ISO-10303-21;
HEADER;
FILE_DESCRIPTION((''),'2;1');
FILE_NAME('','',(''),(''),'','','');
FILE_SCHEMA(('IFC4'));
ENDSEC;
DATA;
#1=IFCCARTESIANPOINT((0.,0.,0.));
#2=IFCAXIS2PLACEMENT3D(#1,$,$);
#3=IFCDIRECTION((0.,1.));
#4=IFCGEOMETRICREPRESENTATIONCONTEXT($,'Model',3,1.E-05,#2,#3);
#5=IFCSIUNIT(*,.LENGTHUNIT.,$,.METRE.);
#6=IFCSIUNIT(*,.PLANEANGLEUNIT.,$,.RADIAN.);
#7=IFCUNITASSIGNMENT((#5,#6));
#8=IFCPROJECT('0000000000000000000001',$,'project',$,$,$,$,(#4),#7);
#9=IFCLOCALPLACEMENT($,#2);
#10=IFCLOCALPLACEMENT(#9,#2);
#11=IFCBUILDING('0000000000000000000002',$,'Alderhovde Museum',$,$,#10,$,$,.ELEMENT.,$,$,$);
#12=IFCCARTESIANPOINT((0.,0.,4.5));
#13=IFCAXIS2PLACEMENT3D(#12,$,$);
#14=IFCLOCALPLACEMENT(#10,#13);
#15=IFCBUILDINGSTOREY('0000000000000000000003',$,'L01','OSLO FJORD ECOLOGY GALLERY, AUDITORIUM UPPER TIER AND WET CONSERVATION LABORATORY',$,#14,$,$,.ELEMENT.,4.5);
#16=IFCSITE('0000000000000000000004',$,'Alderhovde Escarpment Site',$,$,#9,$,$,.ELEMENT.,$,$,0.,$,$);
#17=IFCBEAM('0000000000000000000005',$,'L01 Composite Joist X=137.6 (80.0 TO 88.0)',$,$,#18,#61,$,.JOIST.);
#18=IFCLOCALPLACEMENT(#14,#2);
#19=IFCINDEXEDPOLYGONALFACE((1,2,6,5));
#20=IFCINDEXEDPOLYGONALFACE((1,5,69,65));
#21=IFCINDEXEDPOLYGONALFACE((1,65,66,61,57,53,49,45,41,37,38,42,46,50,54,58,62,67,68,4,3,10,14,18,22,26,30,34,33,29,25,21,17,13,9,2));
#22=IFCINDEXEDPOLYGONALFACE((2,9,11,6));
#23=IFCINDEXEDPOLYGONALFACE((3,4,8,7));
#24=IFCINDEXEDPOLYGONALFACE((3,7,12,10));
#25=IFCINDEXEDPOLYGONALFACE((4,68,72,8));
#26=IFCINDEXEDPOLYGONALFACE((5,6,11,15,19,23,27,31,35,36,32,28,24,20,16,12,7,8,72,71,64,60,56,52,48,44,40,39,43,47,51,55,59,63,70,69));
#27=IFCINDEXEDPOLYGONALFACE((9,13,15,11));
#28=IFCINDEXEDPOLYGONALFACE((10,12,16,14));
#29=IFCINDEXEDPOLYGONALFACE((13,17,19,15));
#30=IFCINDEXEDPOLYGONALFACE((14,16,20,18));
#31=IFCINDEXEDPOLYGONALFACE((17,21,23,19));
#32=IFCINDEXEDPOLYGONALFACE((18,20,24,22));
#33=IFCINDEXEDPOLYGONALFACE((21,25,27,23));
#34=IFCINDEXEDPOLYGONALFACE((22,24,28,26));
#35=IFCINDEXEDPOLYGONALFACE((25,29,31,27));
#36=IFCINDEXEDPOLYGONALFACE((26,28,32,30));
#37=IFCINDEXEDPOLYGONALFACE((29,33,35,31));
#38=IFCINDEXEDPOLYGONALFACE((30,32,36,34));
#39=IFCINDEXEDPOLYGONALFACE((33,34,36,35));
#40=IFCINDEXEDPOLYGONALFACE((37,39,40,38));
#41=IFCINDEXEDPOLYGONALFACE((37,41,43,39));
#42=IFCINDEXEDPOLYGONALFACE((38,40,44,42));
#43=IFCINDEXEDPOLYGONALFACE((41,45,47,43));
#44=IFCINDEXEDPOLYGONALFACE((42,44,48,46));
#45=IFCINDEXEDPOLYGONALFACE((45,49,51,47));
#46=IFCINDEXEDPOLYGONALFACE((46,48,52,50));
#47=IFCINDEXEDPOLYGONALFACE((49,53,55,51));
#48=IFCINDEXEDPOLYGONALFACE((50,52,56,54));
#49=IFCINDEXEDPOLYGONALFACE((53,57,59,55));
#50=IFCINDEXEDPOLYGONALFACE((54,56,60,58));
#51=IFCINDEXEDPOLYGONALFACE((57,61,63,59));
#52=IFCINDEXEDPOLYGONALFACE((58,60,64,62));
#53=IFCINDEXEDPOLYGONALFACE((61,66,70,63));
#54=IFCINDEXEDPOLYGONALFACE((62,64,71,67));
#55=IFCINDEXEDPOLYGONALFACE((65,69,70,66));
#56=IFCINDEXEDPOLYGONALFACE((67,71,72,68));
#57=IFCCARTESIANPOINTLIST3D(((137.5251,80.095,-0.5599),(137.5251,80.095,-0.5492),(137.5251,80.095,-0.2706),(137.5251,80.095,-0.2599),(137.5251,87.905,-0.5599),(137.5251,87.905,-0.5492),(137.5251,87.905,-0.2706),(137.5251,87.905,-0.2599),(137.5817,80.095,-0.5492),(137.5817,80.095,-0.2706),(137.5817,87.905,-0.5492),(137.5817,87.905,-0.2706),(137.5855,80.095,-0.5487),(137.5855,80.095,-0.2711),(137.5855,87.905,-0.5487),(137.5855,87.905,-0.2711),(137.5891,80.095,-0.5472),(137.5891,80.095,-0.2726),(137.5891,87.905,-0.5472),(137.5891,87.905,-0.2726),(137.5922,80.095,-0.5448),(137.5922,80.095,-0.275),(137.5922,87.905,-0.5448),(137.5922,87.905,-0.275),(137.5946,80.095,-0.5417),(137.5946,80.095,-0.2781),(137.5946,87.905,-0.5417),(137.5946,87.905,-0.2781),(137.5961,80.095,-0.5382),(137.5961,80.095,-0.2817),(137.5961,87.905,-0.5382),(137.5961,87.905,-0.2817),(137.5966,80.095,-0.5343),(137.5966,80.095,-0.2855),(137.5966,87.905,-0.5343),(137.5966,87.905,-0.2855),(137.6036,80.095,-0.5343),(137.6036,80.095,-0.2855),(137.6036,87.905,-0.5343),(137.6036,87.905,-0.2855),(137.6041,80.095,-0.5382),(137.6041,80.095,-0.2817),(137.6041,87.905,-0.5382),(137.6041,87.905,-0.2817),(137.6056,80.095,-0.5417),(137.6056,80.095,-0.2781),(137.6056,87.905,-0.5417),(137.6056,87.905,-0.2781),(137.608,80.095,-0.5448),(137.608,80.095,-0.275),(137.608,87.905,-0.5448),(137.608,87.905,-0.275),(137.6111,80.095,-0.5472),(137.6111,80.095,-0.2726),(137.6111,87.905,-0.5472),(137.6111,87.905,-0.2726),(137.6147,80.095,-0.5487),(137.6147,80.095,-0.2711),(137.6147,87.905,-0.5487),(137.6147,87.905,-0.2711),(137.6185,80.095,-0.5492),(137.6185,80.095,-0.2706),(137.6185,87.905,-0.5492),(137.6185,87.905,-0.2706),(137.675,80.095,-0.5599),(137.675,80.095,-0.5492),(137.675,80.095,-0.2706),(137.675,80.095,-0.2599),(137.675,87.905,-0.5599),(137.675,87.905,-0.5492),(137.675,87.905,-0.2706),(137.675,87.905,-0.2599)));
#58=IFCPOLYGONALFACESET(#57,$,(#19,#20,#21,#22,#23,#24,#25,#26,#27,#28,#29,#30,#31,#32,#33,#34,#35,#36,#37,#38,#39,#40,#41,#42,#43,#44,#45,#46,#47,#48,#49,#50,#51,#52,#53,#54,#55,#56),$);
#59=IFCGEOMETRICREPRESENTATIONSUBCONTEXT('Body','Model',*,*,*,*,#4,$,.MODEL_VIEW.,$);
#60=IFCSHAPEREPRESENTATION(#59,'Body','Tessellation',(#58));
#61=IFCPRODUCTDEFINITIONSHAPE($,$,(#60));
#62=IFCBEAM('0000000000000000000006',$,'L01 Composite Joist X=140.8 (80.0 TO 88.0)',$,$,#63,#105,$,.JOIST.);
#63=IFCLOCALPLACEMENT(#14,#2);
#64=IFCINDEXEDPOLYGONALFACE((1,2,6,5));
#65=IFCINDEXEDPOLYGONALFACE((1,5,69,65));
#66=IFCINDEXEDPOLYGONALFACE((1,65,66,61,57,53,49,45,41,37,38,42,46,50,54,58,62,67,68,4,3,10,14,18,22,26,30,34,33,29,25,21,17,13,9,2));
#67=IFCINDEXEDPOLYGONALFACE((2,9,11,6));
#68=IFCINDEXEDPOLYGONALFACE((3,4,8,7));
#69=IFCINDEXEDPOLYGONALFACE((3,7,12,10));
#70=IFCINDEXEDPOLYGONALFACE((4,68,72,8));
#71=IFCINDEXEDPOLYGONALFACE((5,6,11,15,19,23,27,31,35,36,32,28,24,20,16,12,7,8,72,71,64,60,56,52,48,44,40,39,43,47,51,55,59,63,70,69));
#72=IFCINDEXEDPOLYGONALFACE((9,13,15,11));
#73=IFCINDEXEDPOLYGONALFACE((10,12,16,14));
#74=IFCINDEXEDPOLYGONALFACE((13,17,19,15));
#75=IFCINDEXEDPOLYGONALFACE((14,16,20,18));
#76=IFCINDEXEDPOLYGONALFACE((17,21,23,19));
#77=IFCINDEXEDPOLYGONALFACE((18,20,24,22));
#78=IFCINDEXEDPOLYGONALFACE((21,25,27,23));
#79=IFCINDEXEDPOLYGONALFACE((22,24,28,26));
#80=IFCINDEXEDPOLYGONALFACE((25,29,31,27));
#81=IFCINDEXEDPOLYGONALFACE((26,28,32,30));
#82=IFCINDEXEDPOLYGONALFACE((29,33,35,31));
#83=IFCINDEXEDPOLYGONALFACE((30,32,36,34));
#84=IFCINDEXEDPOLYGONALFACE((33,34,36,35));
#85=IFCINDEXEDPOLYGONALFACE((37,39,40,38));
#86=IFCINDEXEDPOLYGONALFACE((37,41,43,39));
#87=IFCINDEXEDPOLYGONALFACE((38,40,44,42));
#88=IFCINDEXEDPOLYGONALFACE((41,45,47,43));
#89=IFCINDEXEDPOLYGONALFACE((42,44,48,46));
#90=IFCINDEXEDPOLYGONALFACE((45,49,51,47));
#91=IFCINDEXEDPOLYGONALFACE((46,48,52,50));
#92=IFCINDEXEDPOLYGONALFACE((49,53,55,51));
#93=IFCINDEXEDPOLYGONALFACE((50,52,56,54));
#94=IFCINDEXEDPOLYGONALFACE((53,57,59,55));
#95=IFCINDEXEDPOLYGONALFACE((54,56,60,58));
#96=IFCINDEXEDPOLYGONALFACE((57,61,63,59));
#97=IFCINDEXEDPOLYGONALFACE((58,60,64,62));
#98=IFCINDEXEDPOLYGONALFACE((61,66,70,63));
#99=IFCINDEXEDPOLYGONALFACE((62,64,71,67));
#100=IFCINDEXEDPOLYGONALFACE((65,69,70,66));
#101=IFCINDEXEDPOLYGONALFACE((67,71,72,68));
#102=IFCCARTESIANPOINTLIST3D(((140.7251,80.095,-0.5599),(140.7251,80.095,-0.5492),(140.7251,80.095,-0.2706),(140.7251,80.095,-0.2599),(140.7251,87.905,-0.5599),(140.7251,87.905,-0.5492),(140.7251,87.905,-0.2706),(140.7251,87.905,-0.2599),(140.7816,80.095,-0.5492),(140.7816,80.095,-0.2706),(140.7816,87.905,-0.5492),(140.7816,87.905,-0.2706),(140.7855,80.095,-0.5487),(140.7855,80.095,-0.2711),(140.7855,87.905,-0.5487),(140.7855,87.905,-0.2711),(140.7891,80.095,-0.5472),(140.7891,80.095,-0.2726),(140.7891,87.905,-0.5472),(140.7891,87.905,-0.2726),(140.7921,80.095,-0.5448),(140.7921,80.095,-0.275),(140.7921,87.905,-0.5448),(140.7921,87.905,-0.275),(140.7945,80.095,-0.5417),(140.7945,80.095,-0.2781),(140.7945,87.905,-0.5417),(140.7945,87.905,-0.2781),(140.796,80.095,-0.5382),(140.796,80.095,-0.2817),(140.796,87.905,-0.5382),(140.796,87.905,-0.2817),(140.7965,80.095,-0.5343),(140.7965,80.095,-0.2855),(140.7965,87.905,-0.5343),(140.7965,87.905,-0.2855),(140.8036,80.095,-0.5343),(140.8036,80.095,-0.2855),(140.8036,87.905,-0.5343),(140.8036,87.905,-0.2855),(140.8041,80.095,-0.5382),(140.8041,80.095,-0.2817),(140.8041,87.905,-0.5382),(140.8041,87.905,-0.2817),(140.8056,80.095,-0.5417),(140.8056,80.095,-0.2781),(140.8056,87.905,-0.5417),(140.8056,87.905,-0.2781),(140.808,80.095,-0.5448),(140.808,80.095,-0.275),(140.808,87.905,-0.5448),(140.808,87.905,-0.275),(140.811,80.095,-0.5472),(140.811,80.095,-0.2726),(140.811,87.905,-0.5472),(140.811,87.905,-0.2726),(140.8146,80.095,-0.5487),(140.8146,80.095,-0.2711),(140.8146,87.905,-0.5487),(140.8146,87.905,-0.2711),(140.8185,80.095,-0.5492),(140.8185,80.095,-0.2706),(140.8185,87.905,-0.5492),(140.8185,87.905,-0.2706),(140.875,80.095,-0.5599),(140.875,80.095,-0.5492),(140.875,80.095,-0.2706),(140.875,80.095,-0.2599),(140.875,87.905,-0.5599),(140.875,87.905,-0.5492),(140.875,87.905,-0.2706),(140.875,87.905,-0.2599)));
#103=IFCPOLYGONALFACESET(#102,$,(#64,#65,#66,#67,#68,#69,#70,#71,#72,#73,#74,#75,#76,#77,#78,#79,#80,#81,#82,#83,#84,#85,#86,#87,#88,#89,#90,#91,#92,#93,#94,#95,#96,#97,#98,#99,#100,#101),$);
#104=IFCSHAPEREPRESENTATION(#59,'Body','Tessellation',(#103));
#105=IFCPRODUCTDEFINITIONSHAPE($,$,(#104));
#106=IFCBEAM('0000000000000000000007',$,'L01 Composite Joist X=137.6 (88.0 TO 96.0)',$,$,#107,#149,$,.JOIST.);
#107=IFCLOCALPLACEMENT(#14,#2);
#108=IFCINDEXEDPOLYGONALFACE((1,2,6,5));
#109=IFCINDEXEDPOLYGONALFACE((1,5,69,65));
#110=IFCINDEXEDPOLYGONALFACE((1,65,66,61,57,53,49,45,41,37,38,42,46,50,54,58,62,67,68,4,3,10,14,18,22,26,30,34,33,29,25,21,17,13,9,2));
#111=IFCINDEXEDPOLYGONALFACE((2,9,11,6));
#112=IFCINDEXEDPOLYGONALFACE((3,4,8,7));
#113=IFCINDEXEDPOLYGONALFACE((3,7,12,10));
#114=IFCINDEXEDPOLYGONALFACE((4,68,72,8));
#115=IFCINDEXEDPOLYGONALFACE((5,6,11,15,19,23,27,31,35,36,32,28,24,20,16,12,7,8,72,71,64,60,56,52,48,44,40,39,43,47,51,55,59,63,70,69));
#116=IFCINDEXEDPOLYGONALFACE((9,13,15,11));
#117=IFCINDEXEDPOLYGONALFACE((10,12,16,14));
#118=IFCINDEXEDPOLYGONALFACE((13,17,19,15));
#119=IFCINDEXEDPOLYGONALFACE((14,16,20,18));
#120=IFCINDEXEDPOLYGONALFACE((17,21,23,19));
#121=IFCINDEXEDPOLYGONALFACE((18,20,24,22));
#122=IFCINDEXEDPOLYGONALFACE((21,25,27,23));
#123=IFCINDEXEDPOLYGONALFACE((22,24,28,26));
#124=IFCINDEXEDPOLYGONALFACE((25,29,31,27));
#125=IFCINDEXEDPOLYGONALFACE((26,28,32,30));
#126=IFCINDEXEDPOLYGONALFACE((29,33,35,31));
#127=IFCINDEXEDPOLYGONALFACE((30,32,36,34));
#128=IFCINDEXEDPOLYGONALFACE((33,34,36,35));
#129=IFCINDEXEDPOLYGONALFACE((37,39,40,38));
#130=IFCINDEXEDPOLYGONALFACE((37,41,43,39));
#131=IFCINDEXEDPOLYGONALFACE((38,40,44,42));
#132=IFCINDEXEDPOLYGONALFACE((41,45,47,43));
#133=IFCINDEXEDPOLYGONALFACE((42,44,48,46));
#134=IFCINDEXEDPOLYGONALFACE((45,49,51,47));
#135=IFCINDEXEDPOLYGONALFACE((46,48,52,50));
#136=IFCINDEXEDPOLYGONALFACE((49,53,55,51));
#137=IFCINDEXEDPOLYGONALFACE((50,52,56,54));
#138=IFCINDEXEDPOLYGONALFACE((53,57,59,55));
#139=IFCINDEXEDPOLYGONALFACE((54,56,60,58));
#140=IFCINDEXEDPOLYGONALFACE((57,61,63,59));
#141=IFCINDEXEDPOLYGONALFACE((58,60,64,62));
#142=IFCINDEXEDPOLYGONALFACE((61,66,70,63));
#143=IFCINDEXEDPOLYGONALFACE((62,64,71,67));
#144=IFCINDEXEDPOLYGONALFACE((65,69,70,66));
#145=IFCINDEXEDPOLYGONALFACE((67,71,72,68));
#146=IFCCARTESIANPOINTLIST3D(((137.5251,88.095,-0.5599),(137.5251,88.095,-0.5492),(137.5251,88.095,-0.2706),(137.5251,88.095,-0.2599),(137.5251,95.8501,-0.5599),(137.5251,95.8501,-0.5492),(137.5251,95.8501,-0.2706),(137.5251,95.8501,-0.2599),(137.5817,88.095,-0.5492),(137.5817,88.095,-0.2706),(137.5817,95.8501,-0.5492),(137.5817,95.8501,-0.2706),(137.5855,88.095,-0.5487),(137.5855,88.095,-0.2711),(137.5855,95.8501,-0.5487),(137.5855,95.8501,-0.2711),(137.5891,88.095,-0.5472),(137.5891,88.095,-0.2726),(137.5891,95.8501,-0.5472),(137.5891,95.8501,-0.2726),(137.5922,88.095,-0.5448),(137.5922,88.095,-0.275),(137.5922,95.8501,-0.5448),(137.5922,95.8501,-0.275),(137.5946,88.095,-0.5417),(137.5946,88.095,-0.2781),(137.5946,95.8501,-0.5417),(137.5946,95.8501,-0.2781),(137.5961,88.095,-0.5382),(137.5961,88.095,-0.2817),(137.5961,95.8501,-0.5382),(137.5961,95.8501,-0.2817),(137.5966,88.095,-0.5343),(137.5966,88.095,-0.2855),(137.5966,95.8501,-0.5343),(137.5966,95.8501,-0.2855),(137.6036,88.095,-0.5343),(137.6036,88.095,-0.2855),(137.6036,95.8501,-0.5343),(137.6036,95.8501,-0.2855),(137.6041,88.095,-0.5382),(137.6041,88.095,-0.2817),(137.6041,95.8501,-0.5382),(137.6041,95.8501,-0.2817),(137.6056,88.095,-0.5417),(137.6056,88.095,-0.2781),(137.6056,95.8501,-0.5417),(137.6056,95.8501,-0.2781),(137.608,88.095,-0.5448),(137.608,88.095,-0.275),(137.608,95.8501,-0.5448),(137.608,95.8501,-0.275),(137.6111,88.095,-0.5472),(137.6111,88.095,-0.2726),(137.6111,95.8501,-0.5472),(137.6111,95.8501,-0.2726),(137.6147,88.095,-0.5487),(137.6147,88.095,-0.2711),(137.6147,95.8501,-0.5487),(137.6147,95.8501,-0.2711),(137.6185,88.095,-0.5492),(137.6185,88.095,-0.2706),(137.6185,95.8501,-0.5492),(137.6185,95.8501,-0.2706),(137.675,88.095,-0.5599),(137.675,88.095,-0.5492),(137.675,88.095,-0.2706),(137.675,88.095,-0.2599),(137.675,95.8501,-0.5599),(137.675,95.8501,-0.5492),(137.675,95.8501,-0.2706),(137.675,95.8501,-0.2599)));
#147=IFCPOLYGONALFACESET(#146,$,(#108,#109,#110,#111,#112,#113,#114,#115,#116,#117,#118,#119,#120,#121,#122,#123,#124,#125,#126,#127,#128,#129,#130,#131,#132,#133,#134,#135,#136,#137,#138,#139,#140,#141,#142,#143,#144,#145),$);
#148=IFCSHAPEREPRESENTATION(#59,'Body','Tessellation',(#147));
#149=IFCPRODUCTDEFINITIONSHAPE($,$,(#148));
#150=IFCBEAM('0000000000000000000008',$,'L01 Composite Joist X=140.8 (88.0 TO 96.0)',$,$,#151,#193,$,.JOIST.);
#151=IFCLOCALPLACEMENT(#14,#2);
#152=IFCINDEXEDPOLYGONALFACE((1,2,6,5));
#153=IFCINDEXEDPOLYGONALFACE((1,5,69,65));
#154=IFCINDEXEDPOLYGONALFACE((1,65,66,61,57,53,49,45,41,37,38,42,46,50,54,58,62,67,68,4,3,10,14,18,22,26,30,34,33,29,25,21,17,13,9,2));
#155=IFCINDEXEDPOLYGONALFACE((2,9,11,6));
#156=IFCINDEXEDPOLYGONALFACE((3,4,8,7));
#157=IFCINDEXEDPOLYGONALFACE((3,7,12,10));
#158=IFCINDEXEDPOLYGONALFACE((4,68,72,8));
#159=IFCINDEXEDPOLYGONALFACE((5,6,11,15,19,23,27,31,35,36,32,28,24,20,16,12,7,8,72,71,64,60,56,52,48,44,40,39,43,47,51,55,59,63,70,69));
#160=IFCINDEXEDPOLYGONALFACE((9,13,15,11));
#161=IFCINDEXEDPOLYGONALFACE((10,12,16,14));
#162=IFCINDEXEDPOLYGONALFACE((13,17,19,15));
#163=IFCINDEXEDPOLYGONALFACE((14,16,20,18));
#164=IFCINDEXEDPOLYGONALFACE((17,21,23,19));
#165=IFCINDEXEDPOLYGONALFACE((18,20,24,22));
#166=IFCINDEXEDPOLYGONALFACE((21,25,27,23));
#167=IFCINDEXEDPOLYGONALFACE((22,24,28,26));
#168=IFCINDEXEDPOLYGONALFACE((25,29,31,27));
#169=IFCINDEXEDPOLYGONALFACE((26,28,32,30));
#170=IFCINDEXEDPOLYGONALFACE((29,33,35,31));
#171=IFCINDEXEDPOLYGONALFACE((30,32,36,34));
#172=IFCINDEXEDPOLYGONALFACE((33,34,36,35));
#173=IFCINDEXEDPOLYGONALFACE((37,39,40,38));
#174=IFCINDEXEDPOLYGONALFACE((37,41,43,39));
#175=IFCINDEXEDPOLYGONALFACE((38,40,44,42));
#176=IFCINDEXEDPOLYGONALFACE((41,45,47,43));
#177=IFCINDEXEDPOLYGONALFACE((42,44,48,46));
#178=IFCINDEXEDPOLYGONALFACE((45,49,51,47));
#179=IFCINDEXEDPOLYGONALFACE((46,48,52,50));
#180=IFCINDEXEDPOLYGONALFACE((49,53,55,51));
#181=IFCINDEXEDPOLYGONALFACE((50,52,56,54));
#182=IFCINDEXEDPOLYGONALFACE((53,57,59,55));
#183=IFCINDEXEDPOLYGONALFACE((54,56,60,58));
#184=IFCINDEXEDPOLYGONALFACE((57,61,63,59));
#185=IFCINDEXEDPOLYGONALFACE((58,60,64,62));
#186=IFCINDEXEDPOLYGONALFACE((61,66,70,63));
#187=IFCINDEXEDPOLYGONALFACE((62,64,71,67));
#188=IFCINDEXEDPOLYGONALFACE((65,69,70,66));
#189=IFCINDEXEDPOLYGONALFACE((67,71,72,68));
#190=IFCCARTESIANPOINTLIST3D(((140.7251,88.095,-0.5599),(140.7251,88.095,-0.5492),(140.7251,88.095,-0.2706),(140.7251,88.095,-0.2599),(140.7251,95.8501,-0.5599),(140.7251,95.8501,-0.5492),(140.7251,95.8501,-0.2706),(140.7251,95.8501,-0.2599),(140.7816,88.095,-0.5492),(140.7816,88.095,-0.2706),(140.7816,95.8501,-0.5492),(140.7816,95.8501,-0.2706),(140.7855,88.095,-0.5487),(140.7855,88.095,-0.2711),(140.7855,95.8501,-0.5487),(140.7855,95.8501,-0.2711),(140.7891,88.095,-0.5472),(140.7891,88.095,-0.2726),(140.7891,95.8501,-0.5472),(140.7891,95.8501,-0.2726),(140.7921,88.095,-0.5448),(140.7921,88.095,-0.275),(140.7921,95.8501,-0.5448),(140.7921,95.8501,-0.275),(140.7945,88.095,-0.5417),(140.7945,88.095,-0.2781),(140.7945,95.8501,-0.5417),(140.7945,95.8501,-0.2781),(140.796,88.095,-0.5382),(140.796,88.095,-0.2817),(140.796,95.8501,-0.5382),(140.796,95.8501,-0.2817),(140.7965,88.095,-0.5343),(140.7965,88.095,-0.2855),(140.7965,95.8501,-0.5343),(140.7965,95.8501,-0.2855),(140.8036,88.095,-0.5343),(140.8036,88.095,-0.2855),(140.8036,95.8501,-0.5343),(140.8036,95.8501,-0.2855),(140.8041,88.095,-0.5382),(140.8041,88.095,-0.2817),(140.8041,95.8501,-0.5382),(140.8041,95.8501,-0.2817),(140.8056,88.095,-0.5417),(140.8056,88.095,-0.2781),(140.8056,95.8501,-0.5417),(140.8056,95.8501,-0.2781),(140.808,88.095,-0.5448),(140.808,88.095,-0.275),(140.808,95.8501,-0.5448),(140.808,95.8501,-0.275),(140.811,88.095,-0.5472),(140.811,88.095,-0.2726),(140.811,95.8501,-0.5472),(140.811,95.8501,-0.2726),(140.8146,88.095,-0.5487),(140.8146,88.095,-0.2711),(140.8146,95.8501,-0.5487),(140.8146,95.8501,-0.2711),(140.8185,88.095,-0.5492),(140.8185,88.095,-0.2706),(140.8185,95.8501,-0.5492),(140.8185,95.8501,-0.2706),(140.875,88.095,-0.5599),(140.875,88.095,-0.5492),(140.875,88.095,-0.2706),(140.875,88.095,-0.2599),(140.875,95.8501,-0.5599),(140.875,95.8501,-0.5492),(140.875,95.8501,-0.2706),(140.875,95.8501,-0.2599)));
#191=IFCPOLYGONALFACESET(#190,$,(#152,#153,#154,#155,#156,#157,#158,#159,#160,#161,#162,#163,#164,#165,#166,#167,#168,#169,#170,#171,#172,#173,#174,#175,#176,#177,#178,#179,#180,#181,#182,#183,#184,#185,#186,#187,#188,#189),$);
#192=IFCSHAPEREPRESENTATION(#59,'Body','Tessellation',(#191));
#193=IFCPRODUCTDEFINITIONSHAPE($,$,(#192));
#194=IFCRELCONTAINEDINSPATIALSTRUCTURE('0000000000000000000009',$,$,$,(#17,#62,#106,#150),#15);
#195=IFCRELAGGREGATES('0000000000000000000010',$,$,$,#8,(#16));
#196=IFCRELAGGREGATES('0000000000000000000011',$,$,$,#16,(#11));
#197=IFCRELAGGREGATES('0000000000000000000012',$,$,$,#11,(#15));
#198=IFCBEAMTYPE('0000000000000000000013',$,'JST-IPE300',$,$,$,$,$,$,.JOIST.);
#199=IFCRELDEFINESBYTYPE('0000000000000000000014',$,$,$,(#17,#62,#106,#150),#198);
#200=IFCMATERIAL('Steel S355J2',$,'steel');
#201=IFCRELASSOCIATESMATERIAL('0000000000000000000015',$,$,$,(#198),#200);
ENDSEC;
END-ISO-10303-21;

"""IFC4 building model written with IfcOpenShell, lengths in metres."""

from ifc_helpers import new_model, si_unit, direction, frame, origin, origin_2d, place, context, subcontext, project, spatial, i_section, extrude, material, material_profile, profile_set, type_object, element, save


model = new_model("IFC4")

# Units and contexts
model_context = context("Model", 3, precision=1e-05, world=origin(), true_north=direction((0.0, 1.0)))
body_context = subcontext(model_context, "Body", "Model", "MODEL_VIEW")
ifc_project = project(units=[si_unit("LENGTHUNIT", "METRE"), si_unit("PLANEANGLEUNIT", "RADIAN")], contexts=[model_context])

# Site, building, storey
site_placement = place(None, origin())
site = spatial("IfcSite", under=ifc_project, at=site_placement, Name="Alderhovde Escarpment Site", CompositionType="ELEMENT", RefElevation=0.0)
building_placement = place(site_placement, origin())
building = spatial("IfcBuilding", under=site, at=building_placement, Name="Alderhovde Museum", CompositionType="ELEMENT")
storey_placement = place(building_placement, frame((0.0, 0.0, 4.5)))
storey = spatial("IfcBuildingStorey", under=building, at=storey_placement, Name="L01", Description="OSLO FJORD ECOLOGY GALLERY, AUDITORIUM UPPER TIER AND WET CONSERVATION LABORATORY", CompositionType="ELEMENT", Elevation=4.5)

# Beams
ifc_material_1 = material(Name="Steel S355J2", Category="steel")
ifc_material_profile_1 = material_profile(ifc_material_1, i_section(OverallWidth=0.1499, OverallDepth=0.3, WebThickness=0.0071, FlangeThickness=0.0107, FilletRadius=0.0149, at=origin_2d()), Name="IPE 300")
ifc_profile_set_1 = profile_set([ifc_material_profile_1], Name="Steel S355J2")
beam_type_1 = type_object("IfcBeamType", Name="JST-IPE300", PredefinedType="JOIST", material=ifc_profile_set_1)
for number, where, z_axis, x_axis, name in (
    (1, (137.6001, 80.095, -0.4099), (0.0, 1.0, 0.0), (-1.0, 0.0, 0.0), "L01 Composite Joist X=137.6 (80.0 TO 88.0)"),
    (2, (140.8, 80.095, -0.4099), (0.0, 1.0, 0.0), (-1.0, 0.0, 0.0), "L01 Composite Joist X=140.8 (80.0 TO 88.0)"),
):
    element("IfcBeam", number, at=place(storey_placement, frame(where, z_axis=z_axis, x_axis=x_axis)), inside=storey, type_object=beam_type_1, Name=name, PredefinedType="JOIST", context=body_context, shape_type="SweptSolid", body=[
        extrude(i_section(OverallWidth=0.1499, OverallDepth=0.3, WebThickness=0.0071, FlangeThickness=0.0107, FilletRadius=0.0149, at=origin_2d()), origin(), (0.0, 0.0, 1.0), 7.8101),
    ])
for number, where, z_axis, x_axis, name in (
    (3, (137.6001, 88.095, -0.4099), (0.0, 1.0, 0.0), (-1.0, 0.0, 0.0), "L01 Composite Joist X=137.6 (88.0 TO 96.0)"),
    (4, (140.8, 88.095, -0.4099), (0.0, 1.0, 0.0), (-1.0, 0.0, 0.0), "L01 Composite Joist X=140.8 (88.0 TO 96.0)"),
):
    element("IfcBeam", number, at=place(storey_placement, frame(where, z_axis=z_axis, x_axis=x_axis)), inside=storey, type_object=beam_type_1, Name=name, PredefinedType="JOIST", context=body_context, shape_type="SweptSolid", body=[
        extrude(i_section(OverallWidth=0.1499, OverallDepth=0.3, WebThickness=0.0071, FlangeThickness=0.0107, FilletRadius=0.0149, at=origin_2d()), origin(), (0.0, 0.0, 1.0), 7.7551),
    ])

save(model, "model.ifc")
